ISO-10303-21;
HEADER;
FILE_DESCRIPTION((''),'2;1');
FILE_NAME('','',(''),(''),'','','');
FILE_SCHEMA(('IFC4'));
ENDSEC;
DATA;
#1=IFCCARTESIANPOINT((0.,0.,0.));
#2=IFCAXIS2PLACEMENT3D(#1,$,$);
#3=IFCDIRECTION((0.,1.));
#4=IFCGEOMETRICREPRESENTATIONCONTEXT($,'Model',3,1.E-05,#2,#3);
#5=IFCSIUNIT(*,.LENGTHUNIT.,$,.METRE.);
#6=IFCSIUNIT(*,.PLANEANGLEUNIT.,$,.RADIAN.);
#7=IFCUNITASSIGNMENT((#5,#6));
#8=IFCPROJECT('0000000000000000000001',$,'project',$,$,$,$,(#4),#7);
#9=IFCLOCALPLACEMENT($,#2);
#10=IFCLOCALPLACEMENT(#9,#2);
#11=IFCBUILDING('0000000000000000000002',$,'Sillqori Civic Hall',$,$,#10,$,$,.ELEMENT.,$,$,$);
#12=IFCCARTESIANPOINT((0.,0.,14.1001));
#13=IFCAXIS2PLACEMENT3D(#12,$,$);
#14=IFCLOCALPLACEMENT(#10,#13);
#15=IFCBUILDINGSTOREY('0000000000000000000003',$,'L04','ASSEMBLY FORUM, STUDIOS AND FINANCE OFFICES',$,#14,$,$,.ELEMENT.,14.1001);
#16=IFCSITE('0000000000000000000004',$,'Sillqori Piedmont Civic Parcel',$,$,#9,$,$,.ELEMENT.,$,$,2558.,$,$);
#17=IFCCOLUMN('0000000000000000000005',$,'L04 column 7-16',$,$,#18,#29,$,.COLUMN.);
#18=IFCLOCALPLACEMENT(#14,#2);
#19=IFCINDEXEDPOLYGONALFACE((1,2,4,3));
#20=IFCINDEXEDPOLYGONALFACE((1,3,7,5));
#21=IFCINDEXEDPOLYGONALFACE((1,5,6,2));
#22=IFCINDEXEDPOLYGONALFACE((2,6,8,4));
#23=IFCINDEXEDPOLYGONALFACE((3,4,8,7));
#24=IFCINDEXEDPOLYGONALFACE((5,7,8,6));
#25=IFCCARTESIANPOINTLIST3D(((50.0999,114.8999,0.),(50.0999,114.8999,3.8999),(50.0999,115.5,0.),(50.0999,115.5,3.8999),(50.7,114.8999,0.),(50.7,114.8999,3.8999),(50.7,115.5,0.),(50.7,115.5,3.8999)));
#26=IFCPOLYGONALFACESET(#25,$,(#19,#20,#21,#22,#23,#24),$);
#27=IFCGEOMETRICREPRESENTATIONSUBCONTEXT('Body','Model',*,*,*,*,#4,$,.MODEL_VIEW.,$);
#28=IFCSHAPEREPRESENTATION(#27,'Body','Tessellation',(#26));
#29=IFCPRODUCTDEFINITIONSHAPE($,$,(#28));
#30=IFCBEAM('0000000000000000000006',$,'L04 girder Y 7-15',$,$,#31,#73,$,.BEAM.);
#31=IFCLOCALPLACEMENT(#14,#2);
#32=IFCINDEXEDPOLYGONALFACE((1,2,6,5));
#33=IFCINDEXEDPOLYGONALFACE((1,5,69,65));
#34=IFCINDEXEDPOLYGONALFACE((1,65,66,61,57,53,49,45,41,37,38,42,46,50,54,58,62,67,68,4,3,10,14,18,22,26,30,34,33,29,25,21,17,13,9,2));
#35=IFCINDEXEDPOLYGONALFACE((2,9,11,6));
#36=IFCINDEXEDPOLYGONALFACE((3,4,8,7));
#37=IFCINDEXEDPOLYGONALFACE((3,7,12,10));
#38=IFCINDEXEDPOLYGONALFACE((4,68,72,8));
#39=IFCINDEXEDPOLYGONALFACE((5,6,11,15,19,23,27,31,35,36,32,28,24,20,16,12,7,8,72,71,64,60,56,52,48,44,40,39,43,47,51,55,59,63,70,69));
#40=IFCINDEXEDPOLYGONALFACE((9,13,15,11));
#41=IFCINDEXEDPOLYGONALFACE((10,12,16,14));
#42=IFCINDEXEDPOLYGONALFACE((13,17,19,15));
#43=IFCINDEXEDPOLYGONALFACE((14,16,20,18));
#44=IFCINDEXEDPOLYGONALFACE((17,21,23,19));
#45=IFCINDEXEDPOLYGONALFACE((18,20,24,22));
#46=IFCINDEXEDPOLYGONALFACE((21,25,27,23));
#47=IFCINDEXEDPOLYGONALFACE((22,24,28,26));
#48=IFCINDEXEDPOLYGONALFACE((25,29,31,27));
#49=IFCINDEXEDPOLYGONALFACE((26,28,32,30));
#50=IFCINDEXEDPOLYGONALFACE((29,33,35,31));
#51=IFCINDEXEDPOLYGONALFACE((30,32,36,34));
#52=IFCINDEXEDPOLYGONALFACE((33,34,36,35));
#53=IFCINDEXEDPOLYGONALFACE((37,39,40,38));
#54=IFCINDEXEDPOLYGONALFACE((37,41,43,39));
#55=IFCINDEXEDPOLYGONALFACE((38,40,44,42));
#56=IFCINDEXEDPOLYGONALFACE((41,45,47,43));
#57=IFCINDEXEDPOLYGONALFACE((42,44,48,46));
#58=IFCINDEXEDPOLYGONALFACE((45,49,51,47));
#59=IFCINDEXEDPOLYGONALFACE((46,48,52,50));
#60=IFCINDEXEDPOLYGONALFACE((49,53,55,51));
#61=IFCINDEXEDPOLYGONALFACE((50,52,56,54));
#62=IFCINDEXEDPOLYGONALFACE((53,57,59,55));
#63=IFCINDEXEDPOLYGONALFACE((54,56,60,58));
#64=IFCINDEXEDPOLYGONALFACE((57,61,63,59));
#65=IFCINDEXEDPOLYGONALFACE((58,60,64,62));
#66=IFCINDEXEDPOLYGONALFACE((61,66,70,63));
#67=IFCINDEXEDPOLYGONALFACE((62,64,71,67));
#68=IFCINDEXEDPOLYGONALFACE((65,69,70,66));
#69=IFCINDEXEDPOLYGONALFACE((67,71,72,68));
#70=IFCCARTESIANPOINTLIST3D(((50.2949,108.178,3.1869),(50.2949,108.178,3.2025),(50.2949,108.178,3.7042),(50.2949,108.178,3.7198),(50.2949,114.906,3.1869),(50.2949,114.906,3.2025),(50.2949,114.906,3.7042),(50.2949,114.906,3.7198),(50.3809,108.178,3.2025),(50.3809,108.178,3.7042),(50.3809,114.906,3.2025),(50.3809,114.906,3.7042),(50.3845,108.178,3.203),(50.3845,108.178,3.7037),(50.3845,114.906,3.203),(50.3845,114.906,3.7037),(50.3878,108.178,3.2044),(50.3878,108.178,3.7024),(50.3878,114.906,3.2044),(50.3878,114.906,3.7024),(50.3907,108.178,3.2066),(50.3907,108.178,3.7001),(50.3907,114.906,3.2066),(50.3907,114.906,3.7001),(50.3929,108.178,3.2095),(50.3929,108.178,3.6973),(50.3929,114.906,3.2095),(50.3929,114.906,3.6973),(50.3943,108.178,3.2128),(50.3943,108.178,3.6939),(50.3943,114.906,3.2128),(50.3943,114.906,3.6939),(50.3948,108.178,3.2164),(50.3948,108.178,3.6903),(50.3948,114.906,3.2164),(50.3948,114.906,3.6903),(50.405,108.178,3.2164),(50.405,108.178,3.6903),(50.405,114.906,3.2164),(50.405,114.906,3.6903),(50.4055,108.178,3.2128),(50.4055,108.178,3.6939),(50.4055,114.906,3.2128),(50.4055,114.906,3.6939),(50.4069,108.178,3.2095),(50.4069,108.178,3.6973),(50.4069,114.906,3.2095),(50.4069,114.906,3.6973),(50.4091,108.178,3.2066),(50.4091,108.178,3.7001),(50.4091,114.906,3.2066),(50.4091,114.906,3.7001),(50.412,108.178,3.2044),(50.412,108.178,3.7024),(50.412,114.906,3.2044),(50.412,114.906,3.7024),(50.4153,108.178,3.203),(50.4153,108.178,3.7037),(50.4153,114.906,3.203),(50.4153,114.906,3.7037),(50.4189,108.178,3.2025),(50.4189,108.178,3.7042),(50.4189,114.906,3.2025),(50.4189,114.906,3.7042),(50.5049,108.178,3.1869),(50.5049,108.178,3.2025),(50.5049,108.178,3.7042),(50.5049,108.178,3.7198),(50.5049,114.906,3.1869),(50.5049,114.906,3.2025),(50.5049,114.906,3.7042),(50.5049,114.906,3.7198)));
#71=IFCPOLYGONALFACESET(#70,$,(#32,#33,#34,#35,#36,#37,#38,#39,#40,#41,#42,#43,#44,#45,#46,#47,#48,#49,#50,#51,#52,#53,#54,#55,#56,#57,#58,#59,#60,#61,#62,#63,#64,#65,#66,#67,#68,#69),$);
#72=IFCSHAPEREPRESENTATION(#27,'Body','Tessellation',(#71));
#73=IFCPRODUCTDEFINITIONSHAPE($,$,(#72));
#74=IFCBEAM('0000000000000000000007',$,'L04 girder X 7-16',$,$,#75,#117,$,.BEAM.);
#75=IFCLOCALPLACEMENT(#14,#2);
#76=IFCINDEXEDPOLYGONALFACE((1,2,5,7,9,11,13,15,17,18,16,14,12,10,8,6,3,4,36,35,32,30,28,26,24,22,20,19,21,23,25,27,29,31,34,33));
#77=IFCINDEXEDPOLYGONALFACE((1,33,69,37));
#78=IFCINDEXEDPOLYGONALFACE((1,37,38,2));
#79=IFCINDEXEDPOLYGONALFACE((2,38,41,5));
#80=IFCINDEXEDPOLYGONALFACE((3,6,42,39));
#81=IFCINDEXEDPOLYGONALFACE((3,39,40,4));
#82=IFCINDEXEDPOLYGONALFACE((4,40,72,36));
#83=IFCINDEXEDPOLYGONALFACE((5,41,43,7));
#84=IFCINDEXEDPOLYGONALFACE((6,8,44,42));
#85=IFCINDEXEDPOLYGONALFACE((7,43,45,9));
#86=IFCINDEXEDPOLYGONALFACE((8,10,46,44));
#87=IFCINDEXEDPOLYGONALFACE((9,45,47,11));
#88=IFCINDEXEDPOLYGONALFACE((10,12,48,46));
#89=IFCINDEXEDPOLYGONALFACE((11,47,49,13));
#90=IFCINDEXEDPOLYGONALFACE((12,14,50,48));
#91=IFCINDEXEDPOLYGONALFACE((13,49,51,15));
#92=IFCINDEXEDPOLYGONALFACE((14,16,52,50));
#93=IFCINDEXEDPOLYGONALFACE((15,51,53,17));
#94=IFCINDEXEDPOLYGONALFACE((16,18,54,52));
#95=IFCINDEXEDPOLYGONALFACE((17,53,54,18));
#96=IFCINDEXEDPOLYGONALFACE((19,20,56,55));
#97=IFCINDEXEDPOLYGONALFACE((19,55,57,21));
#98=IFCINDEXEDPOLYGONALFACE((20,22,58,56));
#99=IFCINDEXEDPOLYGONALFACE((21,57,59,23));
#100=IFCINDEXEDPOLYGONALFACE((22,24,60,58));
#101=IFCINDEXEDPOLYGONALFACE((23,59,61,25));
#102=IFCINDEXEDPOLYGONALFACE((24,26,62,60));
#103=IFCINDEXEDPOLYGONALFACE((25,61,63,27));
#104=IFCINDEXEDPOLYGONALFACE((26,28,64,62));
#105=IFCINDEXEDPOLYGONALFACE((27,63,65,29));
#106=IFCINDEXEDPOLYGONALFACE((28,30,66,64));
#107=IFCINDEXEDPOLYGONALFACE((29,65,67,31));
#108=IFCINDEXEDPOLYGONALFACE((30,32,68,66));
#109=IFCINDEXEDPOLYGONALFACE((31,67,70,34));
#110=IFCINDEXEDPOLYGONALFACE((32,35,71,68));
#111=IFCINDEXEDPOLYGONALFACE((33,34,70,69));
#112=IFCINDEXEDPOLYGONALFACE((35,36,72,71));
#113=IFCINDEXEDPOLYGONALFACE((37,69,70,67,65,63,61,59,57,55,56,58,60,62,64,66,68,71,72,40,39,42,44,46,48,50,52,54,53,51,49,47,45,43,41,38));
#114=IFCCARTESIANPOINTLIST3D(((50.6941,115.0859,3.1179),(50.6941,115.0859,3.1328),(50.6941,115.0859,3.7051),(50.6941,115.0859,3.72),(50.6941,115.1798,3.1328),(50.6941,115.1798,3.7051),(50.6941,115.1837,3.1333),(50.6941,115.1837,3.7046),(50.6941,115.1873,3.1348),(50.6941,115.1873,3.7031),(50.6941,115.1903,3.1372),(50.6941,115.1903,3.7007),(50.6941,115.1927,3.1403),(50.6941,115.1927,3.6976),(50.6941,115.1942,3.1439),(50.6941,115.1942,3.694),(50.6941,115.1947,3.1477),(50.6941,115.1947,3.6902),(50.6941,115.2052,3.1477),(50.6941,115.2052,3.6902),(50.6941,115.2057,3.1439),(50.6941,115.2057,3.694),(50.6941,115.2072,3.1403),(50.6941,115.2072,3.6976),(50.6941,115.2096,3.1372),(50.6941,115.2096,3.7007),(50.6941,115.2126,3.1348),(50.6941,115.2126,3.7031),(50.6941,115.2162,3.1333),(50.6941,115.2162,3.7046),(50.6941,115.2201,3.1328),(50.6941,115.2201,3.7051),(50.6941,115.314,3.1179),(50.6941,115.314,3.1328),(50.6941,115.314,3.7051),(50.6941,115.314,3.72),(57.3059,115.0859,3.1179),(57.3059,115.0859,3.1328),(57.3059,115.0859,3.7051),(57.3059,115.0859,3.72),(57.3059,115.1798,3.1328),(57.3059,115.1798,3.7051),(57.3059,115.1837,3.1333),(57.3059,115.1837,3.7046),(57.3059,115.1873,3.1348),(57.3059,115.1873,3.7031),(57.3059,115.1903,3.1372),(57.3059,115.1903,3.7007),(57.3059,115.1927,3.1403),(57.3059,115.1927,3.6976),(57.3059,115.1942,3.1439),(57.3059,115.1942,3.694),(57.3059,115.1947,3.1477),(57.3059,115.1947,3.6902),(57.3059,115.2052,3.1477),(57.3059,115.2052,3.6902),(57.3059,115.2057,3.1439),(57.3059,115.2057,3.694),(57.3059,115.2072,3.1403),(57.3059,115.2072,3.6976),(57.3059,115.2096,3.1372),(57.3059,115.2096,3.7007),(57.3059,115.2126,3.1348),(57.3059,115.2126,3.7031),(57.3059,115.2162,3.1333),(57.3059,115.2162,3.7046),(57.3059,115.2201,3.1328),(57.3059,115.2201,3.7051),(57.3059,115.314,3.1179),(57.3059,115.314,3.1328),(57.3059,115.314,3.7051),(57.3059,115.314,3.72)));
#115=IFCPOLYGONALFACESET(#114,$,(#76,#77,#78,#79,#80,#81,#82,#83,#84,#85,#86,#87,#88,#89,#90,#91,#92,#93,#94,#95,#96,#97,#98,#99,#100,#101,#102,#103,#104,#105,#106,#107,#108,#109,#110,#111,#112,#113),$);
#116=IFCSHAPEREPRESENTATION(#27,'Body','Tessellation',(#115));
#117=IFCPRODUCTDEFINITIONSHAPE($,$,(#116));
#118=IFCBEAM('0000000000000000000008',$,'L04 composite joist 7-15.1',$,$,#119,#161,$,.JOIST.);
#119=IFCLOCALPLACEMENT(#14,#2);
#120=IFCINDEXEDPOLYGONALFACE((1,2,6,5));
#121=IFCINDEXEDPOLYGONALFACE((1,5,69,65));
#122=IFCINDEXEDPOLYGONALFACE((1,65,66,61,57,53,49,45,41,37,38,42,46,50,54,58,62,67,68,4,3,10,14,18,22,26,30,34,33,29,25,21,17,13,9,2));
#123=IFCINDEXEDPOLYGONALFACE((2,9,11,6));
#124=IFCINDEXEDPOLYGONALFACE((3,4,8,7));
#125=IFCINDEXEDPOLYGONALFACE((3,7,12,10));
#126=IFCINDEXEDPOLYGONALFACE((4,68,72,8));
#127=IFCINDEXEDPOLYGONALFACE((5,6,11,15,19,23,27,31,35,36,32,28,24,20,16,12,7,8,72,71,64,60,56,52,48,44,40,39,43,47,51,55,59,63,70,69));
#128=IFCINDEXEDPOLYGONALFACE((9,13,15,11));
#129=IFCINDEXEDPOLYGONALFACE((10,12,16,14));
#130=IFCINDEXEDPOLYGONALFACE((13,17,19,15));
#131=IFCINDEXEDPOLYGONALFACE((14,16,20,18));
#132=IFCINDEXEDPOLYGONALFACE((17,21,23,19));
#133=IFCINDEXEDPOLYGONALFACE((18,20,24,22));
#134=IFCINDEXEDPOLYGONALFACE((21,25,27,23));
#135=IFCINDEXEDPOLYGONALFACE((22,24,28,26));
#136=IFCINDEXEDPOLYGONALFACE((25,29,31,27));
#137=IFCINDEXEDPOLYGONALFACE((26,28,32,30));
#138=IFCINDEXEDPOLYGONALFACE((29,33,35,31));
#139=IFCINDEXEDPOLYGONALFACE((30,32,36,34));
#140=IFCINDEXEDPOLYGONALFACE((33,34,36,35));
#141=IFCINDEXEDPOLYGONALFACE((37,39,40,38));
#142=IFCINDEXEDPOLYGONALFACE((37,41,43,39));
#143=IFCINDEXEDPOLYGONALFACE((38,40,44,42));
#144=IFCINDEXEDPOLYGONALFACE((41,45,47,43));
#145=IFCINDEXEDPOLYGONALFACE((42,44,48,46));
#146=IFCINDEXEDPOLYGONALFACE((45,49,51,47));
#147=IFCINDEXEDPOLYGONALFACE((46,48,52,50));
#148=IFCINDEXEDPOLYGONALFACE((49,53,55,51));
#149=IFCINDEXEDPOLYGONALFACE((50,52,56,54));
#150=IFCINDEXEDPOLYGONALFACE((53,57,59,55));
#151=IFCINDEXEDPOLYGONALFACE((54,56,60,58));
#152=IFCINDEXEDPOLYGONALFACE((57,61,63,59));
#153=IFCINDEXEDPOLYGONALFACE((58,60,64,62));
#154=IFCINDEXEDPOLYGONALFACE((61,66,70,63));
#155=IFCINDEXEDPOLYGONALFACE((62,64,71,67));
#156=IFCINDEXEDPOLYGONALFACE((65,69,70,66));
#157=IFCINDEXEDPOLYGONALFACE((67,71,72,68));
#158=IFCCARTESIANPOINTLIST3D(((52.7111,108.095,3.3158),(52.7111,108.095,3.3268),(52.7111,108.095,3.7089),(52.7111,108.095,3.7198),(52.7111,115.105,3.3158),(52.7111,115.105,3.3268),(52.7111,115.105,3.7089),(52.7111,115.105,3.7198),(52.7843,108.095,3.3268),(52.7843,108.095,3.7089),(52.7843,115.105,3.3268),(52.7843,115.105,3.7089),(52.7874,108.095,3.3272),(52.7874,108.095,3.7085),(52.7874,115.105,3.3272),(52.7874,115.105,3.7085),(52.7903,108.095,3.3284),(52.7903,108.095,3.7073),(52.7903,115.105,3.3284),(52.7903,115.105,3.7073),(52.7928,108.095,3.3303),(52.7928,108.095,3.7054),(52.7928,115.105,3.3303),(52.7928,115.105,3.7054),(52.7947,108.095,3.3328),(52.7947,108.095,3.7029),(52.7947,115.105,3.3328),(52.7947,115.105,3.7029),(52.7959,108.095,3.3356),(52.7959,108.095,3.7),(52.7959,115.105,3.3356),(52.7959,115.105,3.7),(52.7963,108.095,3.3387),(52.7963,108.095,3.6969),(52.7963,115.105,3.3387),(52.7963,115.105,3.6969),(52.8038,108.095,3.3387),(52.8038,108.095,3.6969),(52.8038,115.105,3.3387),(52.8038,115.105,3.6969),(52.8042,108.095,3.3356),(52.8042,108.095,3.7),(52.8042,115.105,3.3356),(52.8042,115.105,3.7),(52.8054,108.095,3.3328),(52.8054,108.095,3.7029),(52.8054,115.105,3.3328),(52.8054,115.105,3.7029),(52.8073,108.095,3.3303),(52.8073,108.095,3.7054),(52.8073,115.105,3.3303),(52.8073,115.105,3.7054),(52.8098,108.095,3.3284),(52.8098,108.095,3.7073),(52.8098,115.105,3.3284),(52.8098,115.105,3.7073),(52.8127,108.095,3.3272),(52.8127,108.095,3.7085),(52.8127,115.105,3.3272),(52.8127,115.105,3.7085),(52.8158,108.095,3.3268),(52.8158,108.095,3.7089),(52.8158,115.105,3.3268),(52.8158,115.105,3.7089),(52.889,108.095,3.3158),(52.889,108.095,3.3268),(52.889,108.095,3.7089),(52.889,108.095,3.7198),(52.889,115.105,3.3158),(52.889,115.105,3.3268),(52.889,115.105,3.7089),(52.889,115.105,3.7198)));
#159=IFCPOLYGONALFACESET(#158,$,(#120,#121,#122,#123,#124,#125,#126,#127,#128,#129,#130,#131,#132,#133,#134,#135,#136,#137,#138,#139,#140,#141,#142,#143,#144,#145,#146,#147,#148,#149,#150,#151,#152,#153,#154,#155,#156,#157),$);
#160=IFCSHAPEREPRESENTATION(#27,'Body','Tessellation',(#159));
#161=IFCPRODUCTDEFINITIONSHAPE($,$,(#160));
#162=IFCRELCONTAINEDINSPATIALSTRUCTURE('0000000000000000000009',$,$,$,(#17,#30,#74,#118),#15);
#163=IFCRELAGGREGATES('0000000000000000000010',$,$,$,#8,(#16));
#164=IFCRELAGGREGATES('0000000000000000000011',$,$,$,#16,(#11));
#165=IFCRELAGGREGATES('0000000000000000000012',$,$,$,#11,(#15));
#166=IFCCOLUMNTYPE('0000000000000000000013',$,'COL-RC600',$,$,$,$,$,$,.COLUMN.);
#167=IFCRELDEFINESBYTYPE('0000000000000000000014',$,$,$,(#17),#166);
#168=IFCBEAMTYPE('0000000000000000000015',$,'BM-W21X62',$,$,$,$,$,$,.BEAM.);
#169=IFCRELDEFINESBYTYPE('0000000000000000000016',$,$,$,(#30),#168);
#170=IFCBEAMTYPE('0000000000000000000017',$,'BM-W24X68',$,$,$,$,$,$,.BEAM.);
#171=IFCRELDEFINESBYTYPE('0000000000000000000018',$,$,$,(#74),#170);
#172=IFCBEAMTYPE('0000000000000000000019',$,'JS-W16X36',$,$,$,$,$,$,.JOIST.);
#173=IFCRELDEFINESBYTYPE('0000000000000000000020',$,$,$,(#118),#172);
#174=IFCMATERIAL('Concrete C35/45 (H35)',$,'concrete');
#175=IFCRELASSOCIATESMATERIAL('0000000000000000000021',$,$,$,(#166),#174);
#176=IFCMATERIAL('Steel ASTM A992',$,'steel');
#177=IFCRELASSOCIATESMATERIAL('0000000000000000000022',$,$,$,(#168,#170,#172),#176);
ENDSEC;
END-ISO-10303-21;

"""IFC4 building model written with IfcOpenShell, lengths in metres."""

from ifc_helpers import new_model, si_unit, direction, frame, origin, origin_2d, place, context, subcontext, project, spatial, rectangle, i_section, extrude, material, material_profile, profile_set, type_object, element, save


model = new_model("IFC4")

# Units and contexts
model_context = context("Model", 3, precision=1e-05, world=origin(), true_north=direction((0.0, 1.0)))
body_context = subcontext(model_context, "Body", "Model", "MODEL_VIEW")
ifc_project = project(units=[si_unit("LENGTHUNIT", "METRE"), si_unit("PLANEANGLEUNIT", "RADIAN")], contexts=[model_context])

# Site, building, storey
site_placement = place(None, origin())
site = spatial("IfcSite", under=ifc_project, at=site_placement, Name="Sillqori Piedmont Civic Parcel", CompositionType="ELEMENT", RefElevation=2558.0)
building_placement = place(site_placement, origin())
building = spatial("IfcBuilding", under=site, at=building_placement, Name="Sillqori Civic Hall", CompositionType="ELEMENT")
storey_placement = place(building_placement, frame((0.0, 0.0, 14.1001)))
storey = spatial("IfcBuildingStorey", under=building, at=storey_placement, Name="L04", Description="ASSEMBLY FORUM, STUDIOS AND FINANCE OFFICES", CompositionType="ELEMENT", Elevation=14.1001)

# Column
ifc_material_1 = material(Name="Concrete C35/45 (H35)", Category="concrete")
ifc_material_profile_1 = material_profile(ifc_material_1, rectangle(XDim=0.6001, YDim=0.6001, at=origin_2d()), Name="RC 600x600")
ifc_profile_set_1 = profile_set([ifc_material_profile_1], Name="Concrete C35/45 (H35)")
column_type = type_object("IfcColumnType", Name="COL-RC600", PredefinedType="COLUMN", material=ifc_profile_set_1)
column_placement = place(storey_placement, frame((50.3999, 115.2, 0.0), z_axis=(0.0, 0.0, 1.0), x_axis=(1.0, 0.0, 0.0)))
element("IfcColumn", 1, at=column_placement, inside=storey, type_object=column_type, Name="L04 column 7-16", PredefinedType="COLUMN", context=body_context, shape_type="SweptSolid", body=[
    extrude(rectangle(XDim=0.6001, YDim=0.6001, at=origin_2d()), origin(), (0.0, 0.0, 1.0), 3.8999),
])

# Beams
ifc_material_2 = material(Name="Steel ASTM A992", Category="steel")
ifc_material_profile_2 = material_profile(ifc_material_2, i_section(OverallWidth=0.21, OverallDepth=0.533, WebThickness=0.0103, FlangeThickness=0.0156, FilletRadius=0.0139, at=origin_2d()), Name="W21X62")
ifc_profile_set_2 = profile_set([ifc_material_profile_2], Name="Steel ASTM A992")
beam_type_1 = type_object("IfcBeamType", Name="BM-W21X62", PredefinedType="BEAM", material=ifc_profile_set_2)
beam_1_placement = place(storey_placement, frame((50.3999, 108.178, 3.4534), z_axis=(0.0, 1.0, 0.0), x_axis=(-1.0, 0.0, 0.0)))
element("IfcBeam", 2, at=beam_1_placement, inside=storey, type_object=beam_type_1, Name="L04 girder Y 7-15", PredefinedType="BEAM", context=body_context, shape_type="SweptSolid", body=[
    extrude(i_section(OverallWidth=0.21, OverallDepth=0.533, WebThickness=0.0103, FlangeThickness=0.0156, FilletRadius=0.0139, at=origin_2d()), origin(), (0.0, 0.0, 1.0), 6.728),
])
ifc_material_profile_3 = material_profile(ifc_material_2, i_section(OverallWidth=0.228, OverallDepth=0.6021, WebThickness=0.0105, FlangeThickness=0.0149, FilletRadius=0.0149, at=origin_2d()), Name="W24X68")
ifc_profile_set_3 = profile_set([ifc_material_profile_3], Name="Steel ASTM A992")
beam_type_2 = type_object("IfcBeamType", Name="BM-W24X68", PredefinedType="BEAM", material=ifc_profile_set_3)
beam_2_placement = place(storey_placement, frame((50.6941, 115.2, 3.4189), z_axis=(1.0, 0.0, 0.0), x_axis=(0.0, 1.0, 0.0)))
element("IfcBeam", 3, at=beam_2_placement, inside=storey, type_object=beam_type_2, Name="L04 girder X 7-16", PredefinedType="BEAM", context=body_context, shape_type="SweptSolid", body=[
    extrude(i_section(OverallWidth=0.228, OverallDepth=0.6021, WebThickness=0.0105, FlangeThickness=0.0149, FilletRadius=0.0149, at=origin_2d()), origin(), (0.0, 0.0, 1.0), 6.6118),
])
ifc_material_profile_4 = material_profile(ifc_material_2, i_section(OverallWidth=0.178, OverallDepth=0.4041, WebThickness=0.0076, FlangeThickness=0.011, FilletRadius=0.012, at=origin_2d()), Name="W16X36")
ifc_profile_set_4 = profile_set([ifc_material_profile_4], Name="Steel ASTM A992")
beam_type_3 = type_object("IfcBeamType", Name="JS-W16X36", PredefinedType="JOIST", material=ifc_profile_set_4)
beam_3_placement = place(storey_placement, frame((52.8, 108.095, 3.5178), z_axis=(0.0, 1.0, 0.0), x_axis=(-1.0, 0.0, 0.0)))
element("IfcBeam", 4, at=beam_3_placement, inside=storey, type_object=beam_type_3, Name="L04 composite joist 7-15.1", PredefinedType="JOIST", context=body_context, shape_type="SweptSolid", body=[
    extrude(i_section(OverallWidth=0.178, OverallDepth=0.4041, WebThickness=0.0076, FlangeThickness=0.011, FilletRadius=0.012, at=origin_2d()), origin(), (0.0, 0.0, 1.0), 7.01),
])

save(model, "model.ifc")
